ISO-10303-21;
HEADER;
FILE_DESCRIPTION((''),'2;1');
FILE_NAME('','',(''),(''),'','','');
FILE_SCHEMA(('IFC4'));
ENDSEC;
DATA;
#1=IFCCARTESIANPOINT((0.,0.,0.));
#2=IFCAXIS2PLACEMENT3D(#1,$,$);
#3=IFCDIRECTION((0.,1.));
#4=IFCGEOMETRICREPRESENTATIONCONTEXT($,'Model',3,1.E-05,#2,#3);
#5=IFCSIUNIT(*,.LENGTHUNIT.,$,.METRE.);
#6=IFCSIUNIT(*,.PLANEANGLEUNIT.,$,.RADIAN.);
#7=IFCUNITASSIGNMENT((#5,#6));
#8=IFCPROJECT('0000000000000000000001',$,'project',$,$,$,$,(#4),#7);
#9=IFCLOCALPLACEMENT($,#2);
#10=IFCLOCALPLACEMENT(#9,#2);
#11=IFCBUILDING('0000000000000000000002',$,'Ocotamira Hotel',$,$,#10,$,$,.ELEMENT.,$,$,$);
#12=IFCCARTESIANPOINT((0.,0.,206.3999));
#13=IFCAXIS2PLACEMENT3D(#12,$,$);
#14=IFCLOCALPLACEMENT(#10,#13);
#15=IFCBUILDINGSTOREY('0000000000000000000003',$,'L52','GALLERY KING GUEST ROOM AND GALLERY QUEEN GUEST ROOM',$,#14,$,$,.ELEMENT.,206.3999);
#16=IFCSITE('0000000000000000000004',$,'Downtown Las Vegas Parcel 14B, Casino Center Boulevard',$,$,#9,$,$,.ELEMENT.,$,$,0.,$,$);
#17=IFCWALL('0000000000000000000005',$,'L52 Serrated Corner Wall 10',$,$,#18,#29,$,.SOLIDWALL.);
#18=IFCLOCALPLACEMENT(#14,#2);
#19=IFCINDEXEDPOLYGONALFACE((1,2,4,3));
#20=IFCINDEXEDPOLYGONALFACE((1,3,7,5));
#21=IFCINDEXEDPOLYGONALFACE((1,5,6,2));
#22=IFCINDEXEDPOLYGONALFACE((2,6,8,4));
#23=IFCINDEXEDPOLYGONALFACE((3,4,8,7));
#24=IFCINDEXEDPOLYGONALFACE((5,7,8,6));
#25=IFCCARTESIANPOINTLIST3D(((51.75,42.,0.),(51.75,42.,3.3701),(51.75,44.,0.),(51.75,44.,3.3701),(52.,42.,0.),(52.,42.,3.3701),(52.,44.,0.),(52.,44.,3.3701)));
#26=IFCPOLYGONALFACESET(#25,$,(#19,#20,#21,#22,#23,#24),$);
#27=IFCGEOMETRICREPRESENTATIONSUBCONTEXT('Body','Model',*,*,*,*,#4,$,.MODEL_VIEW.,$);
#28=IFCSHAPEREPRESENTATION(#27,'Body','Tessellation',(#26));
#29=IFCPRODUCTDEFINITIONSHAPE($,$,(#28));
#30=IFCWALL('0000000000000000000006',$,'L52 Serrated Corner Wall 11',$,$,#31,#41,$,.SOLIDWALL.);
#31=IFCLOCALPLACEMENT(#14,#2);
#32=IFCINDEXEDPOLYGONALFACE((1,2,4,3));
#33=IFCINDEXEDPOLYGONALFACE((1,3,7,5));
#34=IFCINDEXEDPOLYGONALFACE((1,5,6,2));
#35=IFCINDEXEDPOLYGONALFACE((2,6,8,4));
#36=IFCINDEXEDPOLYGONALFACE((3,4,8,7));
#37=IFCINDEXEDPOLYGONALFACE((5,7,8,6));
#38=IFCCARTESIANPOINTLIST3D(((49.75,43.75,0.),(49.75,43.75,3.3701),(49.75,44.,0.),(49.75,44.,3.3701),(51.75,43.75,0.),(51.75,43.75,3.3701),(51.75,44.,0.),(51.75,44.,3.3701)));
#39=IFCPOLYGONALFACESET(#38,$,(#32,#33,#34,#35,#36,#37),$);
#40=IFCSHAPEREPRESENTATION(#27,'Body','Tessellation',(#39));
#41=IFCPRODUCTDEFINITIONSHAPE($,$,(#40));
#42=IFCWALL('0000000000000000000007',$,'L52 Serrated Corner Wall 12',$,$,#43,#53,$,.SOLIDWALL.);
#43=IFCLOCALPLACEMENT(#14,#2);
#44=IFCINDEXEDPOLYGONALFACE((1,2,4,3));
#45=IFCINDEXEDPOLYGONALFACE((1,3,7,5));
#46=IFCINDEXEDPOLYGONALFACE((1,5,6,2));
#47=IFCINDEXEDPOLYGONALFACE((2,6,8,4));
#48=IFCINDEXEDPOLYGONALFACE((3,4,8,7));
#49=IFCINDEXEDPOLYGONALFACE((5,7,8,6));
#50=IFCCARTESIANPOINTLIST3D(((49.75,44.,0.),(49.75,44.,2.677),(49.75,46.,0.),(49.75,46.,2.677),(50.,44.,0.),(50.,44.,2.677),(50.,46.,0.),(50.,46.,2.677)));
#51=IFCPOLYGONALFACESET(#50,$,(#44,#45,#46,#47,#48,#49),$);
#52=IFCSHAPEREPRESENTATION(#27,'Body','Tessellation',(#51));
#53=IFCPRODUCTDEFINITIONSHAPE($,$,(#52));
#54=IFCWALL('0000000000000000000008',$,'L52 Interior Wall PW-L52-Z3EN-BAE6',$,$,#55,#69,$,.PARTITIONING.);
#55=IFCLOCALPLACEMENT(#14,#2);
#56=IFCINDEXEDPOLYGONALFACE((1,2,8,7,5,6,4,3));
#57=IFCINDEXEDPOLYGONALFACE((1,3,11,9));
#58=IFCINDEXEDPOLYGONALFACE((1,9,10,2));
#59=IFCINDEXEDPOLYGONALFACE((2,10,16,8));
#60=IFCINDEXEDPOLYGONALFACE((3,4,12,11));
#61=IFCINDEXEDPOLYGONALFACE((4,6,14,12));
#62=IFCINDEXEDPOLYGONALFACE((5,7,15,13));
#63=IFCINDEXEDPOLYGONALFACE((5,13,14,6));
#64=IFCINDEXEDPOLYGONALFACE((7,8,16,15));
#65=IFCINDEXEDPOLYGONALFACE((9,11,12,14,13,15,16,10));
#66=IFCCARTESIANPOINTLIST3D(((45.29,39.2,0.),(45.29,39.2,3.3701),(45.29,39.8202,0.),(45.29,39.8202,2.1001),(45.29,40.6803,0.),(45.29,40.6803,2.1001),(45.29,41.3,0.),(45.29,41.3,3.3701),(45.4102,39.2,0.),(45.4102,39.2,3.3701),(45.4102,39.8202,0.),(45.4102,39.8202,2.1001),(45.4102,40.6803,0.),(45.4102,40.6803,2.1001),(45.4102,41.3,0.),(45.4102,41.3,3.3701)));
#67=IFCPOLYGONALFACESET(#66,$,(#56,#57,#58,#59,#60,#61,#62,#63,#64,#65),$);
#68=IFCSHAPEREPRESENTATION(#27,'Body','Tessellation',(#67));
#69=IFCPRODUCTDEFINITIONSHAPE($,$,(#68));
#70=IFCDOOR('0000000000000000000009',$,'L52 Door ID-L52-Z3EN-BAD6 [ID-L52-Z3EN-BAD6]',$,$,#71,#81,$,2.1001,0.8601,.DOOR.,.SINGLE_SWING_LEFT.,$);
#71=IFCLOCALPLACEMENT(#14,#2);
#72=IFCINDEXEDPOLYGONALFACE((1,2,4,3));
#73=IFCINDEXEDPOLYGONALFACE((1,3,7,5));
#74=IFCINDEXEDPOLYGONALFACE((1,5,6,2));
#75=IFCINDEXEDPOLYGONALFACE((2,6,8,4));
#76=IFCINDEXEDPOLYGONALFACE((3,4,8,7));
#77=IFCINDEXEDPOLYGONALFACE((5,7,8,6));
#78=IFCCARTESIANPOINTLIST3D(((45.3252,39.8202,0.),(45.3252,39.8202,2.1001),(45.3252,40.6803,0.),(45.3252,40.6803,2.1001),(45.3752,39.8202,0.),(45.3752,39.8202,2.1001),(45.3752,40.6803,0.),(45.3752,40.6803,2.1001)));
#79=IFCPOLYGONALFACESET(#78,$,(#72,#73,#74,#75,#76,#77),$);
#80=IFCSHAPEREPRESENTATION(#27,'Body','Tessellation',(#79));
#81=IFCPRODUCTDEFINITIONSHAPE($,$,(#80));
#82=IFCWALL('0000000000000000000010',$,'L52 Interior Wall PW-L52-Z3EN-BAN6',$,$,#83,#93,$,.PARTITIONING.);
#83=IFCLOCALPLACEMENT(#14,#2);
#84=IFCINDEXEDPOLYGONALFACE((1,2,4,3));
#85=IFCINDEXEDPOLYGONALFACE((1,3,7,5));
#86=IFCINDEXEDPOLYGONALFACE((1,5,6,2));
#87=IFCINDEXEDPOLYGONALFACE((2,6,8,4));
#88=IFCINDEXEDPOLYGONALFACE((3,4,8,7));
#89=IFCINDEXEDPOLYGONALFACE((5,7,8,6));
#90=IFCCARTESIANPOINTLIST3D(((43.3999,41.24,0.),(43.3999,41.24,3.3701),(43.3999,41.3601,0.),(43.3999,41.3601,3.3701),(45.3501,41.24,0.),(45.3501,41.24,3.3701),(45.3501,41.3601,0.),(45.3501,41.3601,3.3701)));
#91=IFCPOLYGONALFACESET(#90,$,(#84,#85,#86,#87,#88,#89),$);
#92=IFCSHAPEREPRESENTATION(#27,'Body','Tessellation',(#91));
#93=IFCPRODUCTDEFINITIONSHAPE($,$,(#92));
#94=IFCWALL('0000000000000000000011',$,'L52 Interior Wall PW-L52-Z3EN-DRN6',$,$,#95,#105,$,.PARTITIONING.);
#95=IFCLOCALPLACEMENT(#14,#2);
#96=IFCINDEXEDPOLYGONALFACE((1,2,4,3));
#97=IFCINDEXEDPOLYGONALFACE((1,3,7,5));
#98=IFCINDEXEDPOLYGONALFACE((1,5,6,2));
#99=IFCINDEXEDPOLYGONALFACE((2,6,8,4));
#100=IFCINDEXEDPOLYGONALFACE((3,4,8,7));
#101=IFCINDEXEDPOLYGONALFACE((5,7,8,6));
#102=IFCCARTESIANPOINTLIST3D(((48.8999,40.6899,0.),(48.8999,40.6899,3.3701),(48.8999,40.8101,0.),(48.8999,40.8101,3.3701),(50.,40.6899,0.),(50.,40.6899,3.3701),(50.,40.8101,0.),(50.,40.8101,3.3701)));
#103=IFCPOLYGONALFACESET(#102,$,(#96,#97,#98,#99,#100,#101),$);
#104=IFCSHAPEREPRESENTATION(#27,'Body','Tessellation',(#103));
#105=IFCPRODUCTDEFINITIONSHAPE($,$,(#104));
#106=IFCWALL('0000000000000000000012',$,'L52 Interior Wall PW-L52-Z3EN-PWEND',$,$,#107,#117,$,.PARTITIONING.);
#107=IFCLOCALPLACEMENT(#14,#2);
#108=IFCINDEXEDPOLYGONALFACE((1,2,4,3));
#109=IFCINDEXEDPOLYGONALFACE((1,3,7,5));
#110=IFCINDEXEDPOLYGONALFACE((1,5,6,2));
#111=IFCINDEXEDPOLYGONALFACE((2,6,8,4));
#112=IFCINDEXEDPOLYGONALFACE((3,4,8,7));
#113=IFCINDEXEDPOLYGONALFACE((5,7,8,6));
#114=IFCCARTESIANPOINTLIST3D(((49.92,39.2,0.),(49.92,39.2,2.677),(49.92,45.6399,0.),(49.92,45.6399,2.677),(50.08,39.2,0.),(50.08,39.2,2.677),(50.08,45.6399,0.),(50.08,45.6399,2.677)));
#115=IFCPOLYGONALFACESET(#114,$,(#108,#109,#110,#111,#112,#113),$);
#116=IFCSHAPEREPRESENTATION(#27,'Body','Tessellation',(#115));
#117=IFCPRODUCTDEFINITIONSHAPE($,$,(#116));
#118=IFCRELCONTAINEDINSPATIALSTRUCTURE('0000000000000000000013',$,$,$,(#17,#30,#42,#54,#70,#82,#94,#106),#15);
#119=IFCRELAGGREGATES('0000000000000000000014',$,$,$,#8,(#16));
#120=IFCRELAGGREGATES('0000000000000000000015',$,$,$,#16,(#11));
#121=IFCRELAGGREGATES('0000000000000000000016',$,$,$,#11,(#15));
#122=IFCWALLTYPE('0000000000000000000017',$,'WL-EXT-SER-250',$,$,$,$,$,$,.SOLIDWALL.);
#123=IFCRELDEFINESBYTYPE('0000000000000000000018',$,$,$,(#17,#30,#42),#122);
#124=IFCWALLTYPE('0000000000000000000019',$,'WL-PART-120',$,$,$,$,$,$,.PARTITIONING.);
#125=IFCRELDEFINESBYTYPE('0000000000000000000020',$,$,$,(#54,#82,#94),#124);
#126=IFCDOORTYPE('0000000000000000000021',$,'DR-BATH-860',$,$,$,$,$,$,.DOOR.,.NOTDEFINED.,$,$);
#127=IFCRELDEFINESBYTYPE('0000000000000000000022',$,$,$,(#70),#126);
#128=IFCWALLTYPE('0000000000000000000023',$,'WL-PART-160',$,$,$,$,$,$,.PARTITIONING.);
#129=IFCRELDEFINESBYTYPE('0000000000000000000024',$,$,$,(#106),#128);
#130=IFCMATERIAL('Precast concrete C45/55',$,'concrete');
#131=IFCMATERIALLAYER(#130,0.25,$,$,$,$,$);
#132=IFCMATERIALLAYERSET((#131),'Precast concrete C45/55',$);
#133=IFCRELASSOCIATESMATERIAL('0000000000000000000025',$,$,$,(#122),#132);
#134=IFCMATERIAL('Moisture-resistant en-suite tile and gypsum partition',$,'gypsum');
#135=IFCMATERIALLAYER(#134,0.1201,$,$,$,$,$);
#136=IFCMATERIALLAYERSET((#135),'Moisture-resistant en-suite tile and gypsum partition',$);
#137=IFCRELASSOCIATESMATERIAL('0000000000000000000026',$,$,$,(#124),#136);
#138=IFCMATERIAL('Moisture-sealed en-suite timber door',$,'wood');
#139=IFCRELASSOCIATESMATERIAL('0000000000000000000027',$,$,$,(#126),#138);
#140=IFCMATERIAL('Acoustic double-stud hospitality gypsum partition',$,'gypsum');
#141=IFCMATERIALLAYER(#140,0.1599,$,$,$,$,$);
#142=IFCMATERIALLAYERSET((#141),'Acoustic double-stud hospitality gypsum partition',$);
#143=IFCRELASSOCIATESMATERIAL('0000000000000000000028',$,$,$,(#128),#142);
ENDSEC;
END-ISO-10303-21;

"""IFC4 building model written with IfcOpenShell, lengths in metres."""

from ifc_helpers import new_model, si_unit, direction, frame, frame_2d, origin, place, context, subcontext, project, spatial, rectangle, extrude, source, transform, mapped, material, layer, layer_set, type_object, element, fill, save


model = new_model("IFC4")

# Units and contexts
model_context = context("Model", 3, precision=1e-05, world=origin(), true_north=direction((0.0, 1.0)))
body_context = subcontext(model_context, "Body", "Model", "MODEL_VIEW")
ifc_project = project(units=[si_unit("LENGTHUNIT", "METRE"), si_unit("PLANEANGLEUNIT", "RADIAN")], contexts=[model_context])

# Site, building, storey
site_placement = place(None, origin())
site = spatial("IfcSite", under=ifc_project, at=site_placement, Name="Downtown Las Vegas Parcel 14B, Casino Center Boulevard", CompositionType="ELEMENT", RefElevation=0.0)
building_placement = place(site_placement, origin())
building = spatial("IfcBuilding", under=site, at=building_placement, Name="Ocotamira Hotel", CompositionType="ELEMENT")
storey_placement = place(building_placement, frame((0.0, 0.0, 206.3999)))
storey = spatial("IfcBuildingStorey", under=building, at=storey_placement, Name="L52", Description="GALLERY KING GUEST ROOM AND GALLERY QUEEN GUEST ROOM", CompositionType="ELEMENT", Elevation=206.3999)

# Walls
ifc_material_1 = material(Name="Precast concrete C45/55", Category="concrete")
ifc_layer_1 = layer(ifc_material_1, 0.25)
ifc_layer_set_1 = layer_set([ifc_layer_1], Name="Precast concrete C45/55")
wall_type_1 = type_object("IfcWallType", Name="WL-EXT-SER-250", PredefinedType="SOLIDWALL", material=ifc_layer_set_1)
for number, where, z_axis, x_axis, name in (
    (1, (51.875, 42.0, 0.0), (0.0, 0.0, 1.0), (0.0, 1.0, 0.0), "L52 Serrated Corner Wall 10"),
    (2, (51.75, 43.875, 0.0), (0.0, 0.0, 1.0), (-1.0, 0.0, 0.0), "L52 Serrated Corner Wall 11"),
):
    element("IfcWall", number, at=place(storey_placement, frame(where, z_axis=z_axis, x_axis=x_axis)), inside=storey, type_object=wall_type_1, Name=name, PredefinedType="SOLIDWALL", context=body_context, shape_type="SweptSolid", body=[
        extrude(rectangle(XDim=2.0, YDim=0.25, at=frame_2d((1.0, 0.0))), origin(), (0.0, 0.0, 1.0), 3.3701),
    ])
wall_1_placement = place(storey_placement, frame((49.875, 44.0, 0.0), z_axis=(0.0, 0.0, 1.0), x_axis=(0.0, 1.0, 0.0)))
element("IfcWall", 3, at=wall_1_placement, inside=storey, type_object=wall_type_1, Name="L52 Serrated Corner Wall 12", PredefinedType="SOLIDWALL", context=body_context, shape_type="SweptSolid", body=[
    extrude(rectangle(XDim=2.0, YDim=0.25, at=frame_2d((1.0, 0.0))), origin(), (0.0, 0.0, 1.0), 2.677),
])

# Wall, opening, door
ifc_material_2 = material(Name="Moisture-resistant en-suite tile and gypsum partition", Category="gypsum")
ifc_layer_2 = layer(ifc_material_2, 0.1201)
ifc_layer_set_2 = layer_set([ifc_layer_2], Name="Moisture-resistant en-suite tile and gypsum partition")
wall_type_2 = type_object("IfcWallType", Name="WL-PART-120", PredefinedType="PARTITIONING", material=ifc_layer_set_2)
wall_2_placement = place(storey_placement, frame((45.3501, 39.2, 0.0), z_axis=(0.0, 0.0, 1.0), x_axis=(0.0, 1.0, 0.0)))
wall_2 = element("IfcWall", 4, at=wall_2_placement, inside=storey, type_object=wall_type_2, Name="L52 Interior Wall PW-L52-Z3EN-BAE6", PredefinedType="PARTITIONING", context=body_context, shape_type="SweptSolid", body=[
    extrude(rectangle(XDim=2.1001, YDim=0.1201, at=frame_2d((1.05, 0.0))), origin(), (0.0, 0.0, 1.0), 3.3701),
])
opening_1_placement = place(wall_2_placement, frame((0.6201, 0.0, 0.0)))
opening_1 = element("IfcOpeningElement", 5, at=opening_1_placement, cuts=wall_2, PredefinedType="OPENING", context=body_context, shape_type="SweptSolid", body=[
    extrude(rectangle(XDim=0.8601, YDim=2.1001, at=frame_2d((0.4302, 1.05))), frame((0.0, 0.0701, 0.0), z_axis=(0.0, -1.0, 0.0), x_axis=(1.0, 0.0, 0.0)), (0.0, 0.0, 1.0), 0.1401),
])
ifc_material_3 = material(Name="Moisture-sealed en-suite timber door", Category="wood")
door_type_1 = type_object("IfcDoorType", Name="DR-BATH-860", OperationType="NOTDEFINED", PredefinedType="DOOR", material=ifc_material_3)
shared_shape_1 = source(origin(), body_context, "Body", "SweptSolid", [
    extrude(rectangle(XDim=0.8601, YDim=2.1001, at=frame_2d((0.4302, 1.05))), frame((0.0, 0.0249, 0.0), z_axis=(0.0, -1.0, 0.0), x_axis=(1.0, 0.0, 0.0)), (0.0, 0.0, 1.0), 0.05),
])
door_1_placement = place(opening_1_placement, origin())
door_1 = element("IfcDoor", 6, at=door_1_placement, inside=storey, type_object=door_type_1, Name="L52 Door ID-L52-Z3EN-BAD6 [ID-L52-Z3EN-BAD6]", OperationType="SINGLE_SWING_LEFT", OverallHeight=2.1001, OverallWidth=0.8601, PredefinedType="DOOR", context=body_context, shape_type="MappedRepresentation", body=[
    mapped(shared_shape_1, transform((0.0, 0.0, 0.0), scale=1.0)),
])
fill(opening_1, door_1)

# Walls
wall_3_placement = place(storey_placement, frame((43.3999, 41.3, 0.0), z_axis=(0.0, 0.0, 1.0), x_axis=(1.0, 0.0, 0.0)))
element("IfcWall", 7, at=wall_3_placement, inside=storey, type_object=wall_type_2, Name="L52 Interior Wall PW-L52-Z3EN-BAN6", PredefinedType="PARTITIONING", context=body_context, shape_type="SweptSolid", body=[
    extrude(rectangle(XDim=1.9502, YDim=0.1201, at=frame_2d((0.9751, 0.0))), origin(), (0.0, 0.0, 1.0), 3.3701),
])
wall_4_placement = place(storey_placement, frame((48.8999, 40.75, 0.0), z_axis=(0.0, 0.0, 1.0), x_axis=(1.0, 0.0, 0.0)))
element("IfcWall", 8, at=wall_4_placement, inside=storey, type_object=wall_type_2, Name="L52 Interior Wall PW-L52-Z3EN-DRN6", PredefinedType="PARTITIONING", context=body_context, shape_type="SweptSolid", body=[
    extrude(rectangle(XDim=1.1001, YDim=0.1201, at=frame_2d((0.55, 0.0))), origin(), (0.0, 0.0, 1.0), 3.3701),
])
ifc_material_4 = material(Name="Acoustic double-stud hospitality gypsum partition", Category="gypsum")
ifc_layer_3 = layer(ifc_material_4, 0.1599)
ifc_layer_set_3 = layer_set([ifc_layer_3], Name="Acoustic double-stud hospitality gypsum partition")
wall_type_3 = type_object("IfcWallType", Name="WL-PART-160", PredefinedType="PARTITIONING", material=ifc_layer_set_3)
wall_5_placement = place(storey_placement, frame((50.0, 39.2, 0.0), z_axis=(0.0, 0.0, 1.0), x_axis=(0.0, 1.0, 0.0)))
element("IfcWall", 9, at=wall_5_placement, inside=storey, type_object=wall_type_3, Name="L52 Interior Wall PW-L52-Z3EN-PWEND", PredefinedType="PARTITIONING", context=body_context, shape_type="SweptSolid", body=[
    extrude(rectangle(XDim=6.4399, YDim=0.1599, at=frame_2d((3.22, 0.0))), origin(), (0.0, 0.0, 1.0), 2.677),
])

save(model, "model.ifc")
